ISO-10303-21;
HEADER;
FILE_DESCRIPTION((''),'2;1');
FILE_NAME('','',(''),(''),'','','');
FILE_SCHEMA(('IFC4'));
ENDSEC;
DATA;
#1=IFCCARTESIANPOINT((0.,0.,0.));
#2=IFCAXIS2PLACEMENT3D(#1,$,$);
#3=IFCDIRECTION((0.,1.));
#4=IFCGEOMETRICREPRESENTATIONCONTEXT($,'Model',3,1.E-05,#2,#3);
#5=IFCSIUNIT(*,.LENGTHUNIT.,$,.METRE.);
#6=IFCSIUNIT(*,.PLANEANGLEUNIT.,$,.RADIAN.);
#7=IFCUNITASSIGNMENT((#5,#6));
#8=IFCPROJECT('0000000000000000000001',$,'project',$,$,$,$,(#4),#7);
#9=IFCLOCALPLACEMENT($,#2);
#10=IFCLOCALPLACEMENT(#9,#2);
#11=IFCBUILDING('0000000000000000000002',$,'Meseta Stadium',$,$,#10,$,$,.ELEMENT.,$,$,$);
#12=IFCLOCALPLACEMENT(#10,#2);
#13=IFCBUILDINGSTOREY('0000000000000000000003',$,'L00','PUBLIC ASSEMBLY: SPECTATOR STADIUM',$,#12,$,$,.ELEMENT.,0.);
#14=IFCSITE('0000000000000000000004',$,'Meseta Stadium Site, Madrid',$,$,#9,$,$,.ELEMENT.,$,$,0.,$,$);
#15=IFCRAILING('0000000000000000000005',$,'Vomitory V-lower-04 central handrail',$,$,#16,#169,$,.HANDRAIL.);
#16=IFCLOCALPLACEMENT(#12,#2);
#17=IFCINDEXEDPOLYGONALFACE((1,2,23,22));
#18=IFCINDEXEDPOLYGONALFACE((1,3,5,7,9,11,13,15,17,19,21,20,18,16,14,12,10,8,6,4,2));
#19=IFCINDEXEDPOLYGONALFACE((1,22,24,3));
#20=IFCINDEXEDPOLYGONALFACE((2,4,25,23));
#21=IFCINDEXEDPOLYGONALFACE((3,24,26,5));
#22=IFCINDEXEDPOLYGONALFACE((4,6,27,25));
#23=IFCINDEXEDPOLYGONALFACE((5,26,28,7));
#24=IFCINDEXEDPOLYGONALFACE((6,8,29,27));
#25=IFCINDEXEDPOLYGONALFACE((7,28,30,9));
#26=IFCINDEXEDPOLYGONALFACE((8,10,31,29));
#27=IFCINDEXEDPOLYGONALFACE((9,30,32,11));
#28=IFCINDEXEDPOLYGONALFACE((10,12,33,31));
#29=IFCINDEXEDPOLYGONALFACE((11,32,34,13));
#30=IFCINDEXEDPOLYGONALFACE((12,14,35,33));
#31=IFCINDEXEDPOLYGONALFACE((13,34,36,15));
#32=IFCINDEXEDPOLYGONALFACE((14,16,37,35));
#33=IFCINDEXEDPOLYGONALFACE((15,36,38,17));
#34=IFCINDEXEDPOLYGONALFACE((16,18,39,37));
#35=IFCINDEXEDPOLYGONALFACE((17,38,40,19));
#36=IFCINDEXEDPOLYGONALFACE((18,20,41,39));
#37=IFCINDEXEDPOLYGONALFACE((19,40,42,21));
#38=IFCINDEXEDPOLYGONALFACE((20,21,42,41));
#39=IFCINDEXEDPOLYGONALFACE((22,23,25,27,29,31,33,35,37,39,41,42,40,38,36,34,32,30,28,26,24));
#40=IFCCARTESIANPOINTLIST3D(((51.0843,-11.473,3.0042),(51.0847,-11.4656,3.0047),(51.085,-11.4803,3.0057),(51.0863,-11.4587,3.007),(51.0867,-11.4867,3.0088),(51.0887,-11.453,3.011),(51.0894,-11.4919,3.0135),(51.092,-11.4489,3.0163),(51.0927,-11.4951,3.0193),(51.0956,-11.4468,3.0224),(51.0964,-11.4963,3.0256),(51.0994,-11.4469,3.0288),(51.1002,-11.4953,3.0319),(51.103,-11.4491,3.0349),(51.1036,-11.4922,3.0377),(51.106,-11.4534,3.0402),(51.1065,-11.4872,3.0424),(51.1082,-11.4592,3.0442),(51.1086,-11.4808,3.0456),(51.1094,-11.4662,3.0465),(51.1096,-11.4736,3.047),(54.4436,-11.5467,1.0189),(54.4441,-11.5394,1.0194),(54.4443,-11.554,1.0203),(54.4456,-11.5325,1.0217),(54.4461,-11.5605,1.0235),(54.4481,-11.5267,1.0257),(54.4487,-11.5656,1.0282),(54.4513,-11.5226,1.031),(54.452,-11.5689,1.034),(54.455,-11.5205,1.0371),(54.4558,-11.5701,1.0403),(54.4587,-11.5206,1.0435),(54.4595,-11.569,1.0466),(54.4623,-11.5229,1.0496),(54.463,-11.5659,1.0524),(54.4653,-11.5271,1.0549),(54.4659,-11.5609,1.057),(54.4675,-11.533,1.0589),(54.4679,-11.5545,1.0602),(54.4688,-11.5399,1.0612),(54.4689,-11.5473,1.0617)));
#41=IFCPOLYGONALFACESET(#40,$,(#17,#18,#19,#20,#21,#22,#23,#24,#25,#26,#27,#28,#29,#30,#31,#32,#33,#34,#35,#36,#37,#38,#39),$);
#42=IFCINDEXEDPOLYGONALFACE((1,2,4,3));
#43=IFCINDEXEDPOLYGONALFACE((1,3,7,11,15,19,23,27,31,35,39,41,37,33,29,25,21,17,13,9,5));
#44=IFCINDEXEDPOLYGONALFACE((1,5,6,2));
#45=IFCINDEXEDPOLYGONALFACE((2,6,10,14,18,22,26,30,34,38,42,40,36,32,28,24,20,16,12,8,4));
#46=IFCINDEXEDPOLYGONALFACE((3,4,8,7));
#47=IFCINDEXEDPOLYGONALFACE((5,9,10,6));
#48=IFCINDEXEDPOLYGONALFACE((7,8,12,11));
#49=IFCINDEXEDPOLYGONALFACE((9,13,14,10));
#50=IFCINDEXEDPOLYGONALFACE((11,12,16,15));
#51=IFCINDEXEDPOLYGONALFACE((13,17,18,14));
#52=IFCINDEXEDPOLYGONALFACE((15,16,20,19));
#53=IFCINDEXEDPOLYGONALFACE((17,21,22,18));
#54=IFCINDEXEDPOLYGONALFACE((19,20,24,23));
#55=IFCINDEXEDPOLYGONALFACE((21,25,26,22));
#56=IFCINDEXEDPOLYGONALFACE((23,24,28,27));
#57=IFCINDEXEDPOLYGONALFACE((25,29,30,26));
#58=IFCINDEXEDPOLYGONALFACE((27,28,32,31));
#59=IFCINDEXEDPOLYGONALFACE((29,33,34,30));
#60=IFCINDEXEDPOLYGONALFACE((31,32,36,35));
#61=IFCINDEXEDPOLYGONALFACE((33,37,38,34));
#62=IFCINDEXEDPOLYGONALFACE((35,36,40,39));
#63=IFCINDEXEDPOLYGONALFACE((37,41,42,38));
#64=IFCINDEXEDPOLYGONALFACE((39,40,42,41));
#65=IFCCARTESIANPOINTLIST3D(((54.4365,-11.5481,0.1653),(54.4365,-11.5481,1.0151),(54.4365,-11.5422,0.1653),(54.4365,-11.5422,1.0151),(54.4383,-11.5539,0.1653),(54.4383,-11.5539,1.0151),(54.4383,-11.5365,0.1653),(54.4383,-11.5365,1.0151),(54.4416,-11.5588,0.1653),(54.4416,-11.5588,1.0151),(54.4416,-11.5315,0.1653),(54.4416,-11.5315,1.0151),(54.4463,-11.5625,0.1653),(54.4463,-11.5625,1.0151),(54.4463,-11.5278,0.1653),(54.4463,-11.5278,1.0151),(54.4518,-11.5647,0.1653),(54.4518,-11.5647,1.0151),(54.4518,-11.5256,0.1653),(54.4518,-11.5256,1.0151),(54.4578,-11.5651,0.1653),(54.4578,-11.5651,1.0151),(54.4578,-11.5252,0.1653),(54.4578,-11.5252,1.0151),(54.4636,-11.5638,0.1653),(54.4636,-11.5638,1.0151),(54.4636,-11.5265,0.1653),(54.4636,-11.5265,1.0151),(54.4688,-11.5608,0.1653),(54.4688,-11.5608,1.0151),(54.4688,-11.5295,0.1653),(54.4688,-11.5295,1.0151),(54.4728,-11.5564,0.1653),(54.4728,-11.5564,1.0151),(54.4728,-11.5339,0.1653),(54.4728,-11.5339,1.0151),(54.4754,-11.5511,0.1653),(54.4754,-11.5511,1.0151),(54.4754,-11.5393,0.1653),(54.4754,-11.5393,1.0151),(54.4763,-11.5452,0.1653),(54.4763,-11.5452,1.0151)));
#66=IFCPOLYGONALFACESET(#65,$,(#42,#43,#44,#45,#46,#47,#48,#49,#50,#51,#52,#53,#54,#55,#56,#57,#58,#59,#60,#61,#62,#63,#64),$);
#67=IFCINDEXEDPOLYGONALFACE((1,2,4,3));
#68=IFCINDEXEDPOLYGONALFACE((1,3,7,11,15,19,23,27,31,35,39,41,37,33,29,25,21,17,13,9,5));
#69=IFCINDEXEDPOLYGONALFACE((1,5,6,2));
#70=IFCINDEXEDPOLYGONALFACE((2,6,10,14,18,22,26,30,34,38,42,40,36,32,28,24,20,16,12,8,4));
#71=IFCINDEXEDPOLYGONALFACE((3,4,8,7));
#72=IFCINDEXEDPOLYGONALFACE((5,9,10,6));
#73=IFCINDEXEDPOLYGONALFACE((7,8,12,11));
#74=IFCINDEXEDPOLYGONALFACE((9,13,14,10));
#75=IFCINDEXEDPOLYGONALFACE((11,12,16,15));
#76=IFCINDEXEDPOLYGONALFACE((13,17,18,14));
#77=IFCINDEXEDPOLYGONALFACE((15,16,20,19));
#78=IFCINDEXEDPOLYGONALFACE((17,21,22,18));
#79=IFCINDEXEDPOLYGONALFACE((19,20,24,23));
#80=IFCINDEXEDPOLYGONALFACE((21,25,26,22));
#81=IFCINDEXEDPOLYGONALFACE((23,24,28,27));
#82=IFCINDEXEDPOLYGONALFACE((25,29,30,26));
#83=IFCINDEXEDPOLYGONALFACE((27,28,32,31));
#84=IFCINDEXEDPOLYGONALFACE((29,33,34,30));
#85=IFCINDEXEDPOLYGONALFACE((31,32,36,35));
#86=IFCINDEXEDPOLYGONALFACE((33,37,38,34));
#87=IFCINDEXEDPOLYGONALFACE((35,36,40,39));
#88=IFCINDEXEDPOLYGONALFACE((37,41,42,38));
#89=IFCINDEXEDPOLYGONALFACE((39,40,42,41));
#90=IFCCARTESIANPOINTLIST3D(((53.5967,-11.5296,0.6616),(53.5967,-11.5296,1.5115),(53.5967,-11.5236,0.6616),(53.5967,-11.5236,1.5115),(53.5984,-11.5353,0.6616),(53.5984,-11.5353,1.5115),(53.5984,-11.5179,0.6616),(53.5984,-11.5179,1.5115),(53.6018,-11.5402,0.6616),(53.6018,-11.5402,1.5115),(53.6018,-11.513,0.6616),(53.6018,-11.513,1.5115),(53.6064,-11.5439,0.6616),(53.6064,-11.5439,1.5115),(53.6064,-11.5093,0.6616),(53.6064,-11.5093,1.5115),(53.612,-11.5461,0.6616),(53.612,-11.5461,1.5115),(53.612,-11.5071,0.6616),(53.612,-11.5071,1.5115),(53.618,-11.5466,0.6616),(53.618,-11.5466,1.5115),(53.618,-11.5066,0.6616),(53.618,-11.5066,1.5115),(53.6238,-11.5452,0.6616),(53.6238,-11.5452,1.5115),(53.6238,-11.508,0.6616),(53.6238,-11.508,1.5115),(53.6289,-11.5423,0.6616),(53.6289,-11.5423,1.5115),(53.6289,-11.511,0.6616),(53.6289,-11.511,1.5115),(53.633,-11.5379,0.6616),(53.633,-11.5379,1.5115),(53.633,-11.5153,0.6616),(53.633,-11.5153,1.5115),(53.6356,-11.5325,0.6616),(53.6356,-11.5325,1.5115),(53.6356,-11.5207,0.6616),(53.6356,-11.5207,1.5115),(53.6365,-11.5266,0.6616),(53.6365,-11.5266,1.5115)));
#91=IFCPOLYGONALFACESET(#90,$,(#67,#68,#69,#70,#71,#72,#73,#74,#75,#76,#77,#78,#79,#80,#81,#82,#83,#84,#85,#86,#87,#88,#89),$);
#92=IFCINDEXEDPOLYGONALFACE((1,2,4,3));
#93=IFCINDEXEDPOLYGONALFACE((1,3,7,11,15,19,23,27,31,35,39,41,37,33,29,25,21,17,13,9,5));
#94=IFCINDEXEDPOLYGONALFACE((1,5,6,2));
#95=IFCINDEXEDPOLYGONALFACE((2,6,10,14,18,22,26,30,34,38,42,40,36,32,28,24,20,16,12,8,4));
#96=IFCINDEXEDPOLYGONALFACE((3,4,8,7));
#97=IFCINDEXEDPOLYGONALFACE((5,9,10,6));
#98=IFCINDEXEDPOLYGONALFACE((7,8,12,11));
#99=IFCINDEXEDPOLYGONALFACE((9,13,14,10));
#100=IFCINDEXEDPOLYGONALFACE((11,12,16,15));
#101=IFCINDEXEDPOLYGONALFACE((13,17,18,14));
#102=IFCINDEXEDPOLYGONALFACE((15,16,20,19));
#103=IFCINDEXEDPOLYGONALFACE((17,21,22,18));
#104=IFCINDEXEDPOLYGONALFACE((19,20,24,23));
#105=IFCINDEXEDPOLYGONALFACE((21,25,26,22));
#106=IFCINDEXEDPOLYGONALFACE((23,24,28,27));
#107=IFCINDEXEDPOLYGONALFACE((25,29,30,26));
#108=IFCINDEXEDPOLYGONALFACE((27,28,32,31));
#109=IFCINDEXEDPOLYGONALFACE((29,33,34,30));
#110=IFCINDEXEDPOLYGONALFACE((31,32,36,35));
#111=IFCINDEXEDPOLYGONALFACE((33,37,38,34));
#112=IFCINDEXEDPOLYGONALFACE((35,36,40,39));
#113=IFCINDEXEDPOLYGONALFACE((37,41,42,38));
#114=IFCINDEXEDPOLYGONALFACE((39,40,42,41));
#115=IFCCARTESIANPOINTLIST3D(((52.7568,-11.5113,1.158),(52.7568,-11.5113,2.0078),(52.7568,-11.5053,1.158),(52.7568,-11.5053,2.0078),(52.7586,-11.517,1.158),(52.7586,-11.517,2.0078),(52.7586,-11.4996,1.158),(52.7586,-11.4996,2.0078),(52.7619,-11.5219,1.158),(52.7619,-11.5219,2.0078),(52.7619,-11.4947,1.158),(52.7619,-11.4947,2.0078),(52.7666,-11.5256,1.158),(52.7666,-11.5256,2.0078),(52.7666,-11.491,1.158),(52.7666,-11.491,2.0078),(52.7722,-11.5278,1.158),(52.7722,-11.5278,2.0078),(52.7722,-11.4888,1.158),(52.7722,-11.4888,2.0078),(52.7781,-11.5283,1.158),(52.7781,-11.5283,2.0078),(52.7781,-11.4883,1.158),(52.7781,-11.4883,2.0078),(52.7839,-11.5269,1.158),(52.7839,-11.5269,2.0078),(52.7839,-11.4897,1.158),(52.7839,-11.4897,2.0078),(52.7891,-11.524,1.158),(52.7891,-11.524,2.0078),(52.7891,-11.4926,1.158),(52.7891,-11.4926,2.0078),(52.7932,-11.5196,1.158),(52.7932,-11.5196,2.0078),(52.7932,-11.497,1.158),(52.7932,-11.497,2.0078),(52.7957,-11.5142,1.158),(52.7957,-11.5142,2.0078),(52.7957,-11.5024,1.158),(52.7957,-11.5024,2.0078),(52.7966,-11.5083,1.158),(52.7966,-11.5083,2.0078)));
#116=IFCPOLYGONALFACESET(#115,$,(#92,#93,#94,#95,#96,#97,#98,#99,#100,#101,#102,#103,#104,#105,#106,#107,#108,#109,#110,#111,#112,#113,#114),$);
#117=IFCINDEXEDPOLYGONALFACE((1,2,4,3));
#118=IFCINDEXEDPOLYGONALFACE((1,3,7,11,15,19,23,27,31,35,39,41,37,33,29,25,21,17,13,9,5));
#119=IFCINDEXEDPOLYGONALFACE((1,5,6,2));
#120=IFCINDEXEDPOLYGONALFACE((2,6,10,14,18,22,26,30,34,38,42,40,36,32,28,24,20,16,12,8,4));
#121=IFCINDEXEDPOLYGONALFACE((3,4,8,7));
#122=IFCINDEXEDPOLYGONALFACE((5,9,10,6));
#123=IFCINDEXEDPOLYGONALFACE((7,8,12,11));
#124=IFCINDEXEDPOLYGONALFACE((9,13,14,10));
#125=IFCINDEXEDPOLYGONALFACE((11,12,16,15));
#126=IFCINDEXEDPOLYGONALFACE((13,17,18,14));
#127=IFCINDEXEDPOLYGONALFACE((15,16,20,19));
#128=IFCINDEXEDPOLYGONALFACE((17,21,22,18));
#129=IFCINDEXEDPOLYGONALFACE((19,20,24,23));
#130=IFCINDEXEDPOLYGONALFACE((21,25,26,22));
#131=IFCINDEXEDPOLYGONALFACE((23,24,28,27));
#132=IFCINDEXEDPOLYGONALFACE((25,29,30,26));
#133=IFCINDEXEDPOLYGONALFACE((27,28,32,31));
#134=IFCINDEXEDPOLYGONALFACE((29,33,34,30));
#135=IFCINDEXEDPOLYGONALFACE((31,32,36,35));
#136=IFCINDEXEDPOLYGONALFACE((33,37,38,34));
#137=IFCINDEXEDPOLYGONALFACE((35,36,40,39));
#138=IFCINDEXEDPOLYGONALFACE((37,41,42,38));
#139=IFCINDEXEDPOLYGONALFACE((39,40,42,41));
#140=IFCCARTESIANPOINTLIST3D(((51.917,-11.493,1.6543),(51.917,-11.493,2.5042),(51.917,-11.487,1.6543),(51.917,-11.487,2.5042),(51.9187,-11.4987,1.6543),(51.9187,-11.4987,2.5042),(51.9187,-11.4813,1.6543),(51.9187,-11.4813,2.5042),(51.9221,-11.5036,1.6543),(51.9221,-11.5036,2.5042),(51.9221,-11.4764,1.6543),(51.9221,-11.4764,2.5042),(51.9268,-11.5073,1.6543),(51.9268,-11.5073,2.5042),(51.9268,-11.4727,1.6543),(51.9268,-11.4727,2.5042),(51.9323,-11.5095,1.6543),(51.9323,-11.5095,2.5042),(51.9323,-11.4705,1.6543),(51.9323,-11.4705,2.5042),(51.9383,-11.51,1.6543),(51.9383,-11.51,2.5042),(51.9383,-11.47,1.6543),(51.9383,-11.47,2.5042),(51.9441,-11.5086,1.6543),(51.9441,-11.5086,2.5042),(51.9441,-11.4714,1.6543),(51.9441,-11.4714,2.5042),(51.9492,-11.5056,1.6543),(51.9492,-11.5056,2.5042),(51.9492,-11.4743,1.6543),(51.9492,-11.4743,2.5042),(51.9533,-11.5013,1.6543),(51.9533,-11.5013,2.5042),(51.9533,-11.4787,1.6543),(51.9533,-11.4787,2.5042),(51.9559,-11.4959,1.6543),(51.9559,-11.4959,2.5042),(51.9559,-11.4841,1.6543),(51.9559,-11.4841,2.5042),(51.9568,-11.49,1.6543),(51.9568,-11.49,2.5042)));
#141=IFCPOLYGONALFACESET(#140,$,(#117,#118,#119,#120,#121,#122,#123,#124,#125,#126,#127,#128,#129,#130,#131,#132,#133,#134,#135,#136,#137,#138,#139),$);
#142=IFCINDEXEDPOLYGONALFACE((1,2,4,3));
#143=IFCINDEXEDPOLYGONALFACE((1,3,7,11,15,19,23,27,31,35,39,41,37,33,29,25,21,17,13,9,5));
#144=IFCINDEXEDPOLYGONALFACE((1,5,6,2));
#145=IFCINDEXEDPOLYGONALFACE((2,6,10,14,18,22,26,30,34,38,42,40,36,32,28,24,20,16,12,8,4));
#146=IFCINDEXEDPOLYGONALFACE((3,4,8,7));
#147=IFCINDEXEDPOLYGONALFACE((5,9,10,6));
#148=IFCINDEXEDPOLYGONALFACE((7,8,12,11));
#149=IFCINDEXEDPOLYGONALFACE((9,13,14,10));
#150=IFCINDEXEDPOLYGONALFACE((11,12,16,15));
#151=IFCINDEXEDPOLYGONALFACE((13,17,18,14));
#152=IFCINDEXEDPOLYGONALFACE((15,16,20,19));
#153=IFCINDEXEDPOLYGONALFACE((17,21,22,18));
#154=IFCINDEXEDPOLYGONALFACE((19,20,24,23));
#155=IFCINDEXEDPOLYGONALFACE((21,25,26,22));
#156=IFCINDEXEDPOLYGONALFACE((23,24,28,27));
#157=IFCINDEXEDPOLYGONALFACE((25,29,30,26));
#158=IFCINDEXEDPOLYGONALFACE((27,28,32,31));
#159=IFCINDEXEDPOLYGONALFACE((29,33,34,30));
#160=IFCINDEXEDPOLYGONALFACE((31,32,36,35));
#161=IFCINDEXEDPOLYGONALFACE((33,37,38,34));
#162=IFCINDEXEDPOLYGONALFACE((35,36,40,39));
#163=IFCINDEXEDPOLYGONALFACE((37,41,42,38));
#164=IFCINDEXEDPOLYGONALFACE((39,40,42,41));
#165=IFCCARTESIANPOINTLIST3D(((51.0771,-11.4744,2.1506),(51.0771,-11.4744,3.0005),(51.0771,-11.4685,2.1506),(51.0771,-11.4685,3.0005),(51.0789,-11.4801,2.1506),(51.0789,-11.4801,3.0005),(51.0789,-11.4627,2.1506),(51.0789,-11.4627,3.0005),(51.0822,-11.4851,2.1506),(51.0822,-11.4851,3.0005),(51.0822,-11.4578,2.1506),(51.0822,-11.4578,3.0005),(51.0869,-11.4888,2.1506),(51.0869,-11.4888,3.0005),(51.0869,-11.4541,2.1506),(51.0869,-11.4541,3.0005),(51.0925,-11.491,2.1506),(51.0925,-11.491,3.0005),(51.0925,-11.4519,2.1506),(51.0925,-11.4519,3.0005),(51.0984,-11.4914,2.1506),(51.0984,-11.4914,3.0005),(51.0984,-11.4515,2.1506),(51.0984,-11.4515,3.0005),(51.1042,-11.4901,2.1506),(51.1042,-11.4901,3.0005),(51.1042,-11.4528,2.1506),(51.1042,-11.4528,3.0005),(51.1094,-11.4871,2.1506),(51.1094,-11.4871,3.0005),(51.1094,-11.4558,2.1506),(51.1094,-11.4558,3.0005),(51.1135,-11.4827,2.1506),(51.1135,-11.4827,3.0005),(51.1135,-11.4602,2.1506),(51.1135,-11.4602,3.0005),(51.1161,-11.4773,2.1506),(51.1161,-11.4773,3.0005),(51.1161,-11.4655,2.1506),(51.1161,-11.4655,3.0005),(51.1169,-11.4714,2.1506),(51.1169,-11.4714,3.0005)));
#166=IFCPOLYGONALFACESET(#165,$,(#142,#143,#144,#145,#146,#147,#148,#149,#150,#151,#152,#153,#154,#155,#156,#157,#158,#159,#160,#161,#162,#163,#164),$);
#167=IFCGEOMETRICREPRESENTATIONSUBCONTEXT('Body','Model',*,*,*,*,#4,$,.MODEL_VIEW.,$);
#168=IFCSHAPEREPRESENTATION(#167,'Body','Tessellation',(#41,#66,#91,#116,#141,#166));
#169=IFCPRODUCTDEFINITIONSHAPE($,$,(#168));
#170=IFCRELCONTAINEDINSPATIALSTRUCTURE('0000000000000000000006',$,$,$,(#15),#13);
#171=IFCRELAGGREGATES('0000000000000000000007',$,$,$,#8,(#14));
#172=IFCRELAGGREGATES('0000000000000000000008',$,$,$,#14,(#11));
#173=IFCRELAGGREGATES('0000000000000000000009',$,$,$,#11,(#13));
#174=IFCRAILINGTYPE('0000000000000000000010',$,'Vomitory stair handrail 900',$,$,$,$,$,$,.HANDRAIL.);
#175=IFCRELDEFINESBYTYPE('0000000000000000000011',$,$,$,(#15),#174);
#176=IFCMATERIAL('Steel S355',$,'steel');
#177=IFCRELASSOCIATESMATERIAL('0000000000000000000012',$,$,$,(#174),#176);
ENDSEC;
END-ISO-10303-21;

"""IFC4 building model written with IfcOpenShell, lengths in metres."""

from ifc_helpers import new_model, si_unit, direction, frame, origin, origin_2d, place, context, subcontext, project, spatial, circle, extrude, material, type_object, element, save


model = new_model("IFC4")

# Units and contexts
model_context = context("Model", 3, precision=1e-05, world=origin(), true_north=direction((0.0, 1.0)))
body_context = subcontext(model_context, "Body", "Model", "MODEL_VIEW")
ifc_project = project(units=[si_unit("LENGTHUNIT", "METRE"), si_unit("PLANEANGLEUNIT", "RADIAN")], contexts=[model_context])

# Site, building, storey
site_placement = place(None, origin())
site = spatial("IfcSite", under=ifc_project, at=site_placement, Name="Meseta Stadium Site, Madrid", CompositionType="ELEMENT", RefElevation=0.0)
building_placement = place(site_placement, origin())
building = spatial("IfcBuilding", under=site, at=building_placement, Name="Meseta Stadium", CompositionType="ELEMENT")
storey_placement = place(building_placement, origin())
storey = spatial("IfcBuildingStorey", under=building, at=storey_placement, Name="L00", Description="PUBLIC ASSEMBLY: SPECTATOR STADIUM", CompositionType="ELEMENT", Elevation=0.0)

# Railing
ifc_material_1 = material(Name="Steel S355", Category="steel")
railing_type_1 = type_object("IfcRailingType", Name="Vomitory stair handrail 900", PredefinedType="HANDRAIL", material=ifc_material_1)
railing_1_placement = place(storey_placement, frame((54.4563, -11.5452, 0.1653)))
element("IfcRailing", 1, at=railing_1_placement, inside=storey, type_object=railing_type_1, Name="Vomitory V-lower-04 central handrail", PredefinedType="HANDRAIL", context=body_context, shape_type="SweptSolid", body=[
    extrude(circle(Radius=0.0249, at=origin_2d()), frame((0.0, 0.0, 0.875), z_axis=(-0.860743, 0.018891, 0.508689), x_axis=(-0.021942, -0.999759, 0.0)), (0.0, 0.0, 1.0), 3.9028),
    extrude(circle(Radius=0.02, at=origin_2d()), origin(), (0.0, 0.0, 1.0), 0.8499),
    extrude(circle(Radius=0.02, at=origin_2d()), frame((-0.8398, 0.0186, 0.4963)), (0.0, 0.0, 1.0), 0.8499),
    extrude(circle(Radius=0.02, at=origin_2d()), frame((-1.6797, 0.0369, 0.9927)), (0.0, 0.0, 1.0), 0.8499),
    extrude(circle(Radius=0.02, at=origin_2d()), frame((-2.5195, 0.0552, 1.489)), (0.0, 0.0, 1.0), 0.8499),
    extrude(circle(Radius=0.02, at=origin_2d()), frame((-3.3594, 0.0737, 1.9854)), (0.0, 0.0, 1.0), 0.8499),
])

save(model, "model.ifc")
